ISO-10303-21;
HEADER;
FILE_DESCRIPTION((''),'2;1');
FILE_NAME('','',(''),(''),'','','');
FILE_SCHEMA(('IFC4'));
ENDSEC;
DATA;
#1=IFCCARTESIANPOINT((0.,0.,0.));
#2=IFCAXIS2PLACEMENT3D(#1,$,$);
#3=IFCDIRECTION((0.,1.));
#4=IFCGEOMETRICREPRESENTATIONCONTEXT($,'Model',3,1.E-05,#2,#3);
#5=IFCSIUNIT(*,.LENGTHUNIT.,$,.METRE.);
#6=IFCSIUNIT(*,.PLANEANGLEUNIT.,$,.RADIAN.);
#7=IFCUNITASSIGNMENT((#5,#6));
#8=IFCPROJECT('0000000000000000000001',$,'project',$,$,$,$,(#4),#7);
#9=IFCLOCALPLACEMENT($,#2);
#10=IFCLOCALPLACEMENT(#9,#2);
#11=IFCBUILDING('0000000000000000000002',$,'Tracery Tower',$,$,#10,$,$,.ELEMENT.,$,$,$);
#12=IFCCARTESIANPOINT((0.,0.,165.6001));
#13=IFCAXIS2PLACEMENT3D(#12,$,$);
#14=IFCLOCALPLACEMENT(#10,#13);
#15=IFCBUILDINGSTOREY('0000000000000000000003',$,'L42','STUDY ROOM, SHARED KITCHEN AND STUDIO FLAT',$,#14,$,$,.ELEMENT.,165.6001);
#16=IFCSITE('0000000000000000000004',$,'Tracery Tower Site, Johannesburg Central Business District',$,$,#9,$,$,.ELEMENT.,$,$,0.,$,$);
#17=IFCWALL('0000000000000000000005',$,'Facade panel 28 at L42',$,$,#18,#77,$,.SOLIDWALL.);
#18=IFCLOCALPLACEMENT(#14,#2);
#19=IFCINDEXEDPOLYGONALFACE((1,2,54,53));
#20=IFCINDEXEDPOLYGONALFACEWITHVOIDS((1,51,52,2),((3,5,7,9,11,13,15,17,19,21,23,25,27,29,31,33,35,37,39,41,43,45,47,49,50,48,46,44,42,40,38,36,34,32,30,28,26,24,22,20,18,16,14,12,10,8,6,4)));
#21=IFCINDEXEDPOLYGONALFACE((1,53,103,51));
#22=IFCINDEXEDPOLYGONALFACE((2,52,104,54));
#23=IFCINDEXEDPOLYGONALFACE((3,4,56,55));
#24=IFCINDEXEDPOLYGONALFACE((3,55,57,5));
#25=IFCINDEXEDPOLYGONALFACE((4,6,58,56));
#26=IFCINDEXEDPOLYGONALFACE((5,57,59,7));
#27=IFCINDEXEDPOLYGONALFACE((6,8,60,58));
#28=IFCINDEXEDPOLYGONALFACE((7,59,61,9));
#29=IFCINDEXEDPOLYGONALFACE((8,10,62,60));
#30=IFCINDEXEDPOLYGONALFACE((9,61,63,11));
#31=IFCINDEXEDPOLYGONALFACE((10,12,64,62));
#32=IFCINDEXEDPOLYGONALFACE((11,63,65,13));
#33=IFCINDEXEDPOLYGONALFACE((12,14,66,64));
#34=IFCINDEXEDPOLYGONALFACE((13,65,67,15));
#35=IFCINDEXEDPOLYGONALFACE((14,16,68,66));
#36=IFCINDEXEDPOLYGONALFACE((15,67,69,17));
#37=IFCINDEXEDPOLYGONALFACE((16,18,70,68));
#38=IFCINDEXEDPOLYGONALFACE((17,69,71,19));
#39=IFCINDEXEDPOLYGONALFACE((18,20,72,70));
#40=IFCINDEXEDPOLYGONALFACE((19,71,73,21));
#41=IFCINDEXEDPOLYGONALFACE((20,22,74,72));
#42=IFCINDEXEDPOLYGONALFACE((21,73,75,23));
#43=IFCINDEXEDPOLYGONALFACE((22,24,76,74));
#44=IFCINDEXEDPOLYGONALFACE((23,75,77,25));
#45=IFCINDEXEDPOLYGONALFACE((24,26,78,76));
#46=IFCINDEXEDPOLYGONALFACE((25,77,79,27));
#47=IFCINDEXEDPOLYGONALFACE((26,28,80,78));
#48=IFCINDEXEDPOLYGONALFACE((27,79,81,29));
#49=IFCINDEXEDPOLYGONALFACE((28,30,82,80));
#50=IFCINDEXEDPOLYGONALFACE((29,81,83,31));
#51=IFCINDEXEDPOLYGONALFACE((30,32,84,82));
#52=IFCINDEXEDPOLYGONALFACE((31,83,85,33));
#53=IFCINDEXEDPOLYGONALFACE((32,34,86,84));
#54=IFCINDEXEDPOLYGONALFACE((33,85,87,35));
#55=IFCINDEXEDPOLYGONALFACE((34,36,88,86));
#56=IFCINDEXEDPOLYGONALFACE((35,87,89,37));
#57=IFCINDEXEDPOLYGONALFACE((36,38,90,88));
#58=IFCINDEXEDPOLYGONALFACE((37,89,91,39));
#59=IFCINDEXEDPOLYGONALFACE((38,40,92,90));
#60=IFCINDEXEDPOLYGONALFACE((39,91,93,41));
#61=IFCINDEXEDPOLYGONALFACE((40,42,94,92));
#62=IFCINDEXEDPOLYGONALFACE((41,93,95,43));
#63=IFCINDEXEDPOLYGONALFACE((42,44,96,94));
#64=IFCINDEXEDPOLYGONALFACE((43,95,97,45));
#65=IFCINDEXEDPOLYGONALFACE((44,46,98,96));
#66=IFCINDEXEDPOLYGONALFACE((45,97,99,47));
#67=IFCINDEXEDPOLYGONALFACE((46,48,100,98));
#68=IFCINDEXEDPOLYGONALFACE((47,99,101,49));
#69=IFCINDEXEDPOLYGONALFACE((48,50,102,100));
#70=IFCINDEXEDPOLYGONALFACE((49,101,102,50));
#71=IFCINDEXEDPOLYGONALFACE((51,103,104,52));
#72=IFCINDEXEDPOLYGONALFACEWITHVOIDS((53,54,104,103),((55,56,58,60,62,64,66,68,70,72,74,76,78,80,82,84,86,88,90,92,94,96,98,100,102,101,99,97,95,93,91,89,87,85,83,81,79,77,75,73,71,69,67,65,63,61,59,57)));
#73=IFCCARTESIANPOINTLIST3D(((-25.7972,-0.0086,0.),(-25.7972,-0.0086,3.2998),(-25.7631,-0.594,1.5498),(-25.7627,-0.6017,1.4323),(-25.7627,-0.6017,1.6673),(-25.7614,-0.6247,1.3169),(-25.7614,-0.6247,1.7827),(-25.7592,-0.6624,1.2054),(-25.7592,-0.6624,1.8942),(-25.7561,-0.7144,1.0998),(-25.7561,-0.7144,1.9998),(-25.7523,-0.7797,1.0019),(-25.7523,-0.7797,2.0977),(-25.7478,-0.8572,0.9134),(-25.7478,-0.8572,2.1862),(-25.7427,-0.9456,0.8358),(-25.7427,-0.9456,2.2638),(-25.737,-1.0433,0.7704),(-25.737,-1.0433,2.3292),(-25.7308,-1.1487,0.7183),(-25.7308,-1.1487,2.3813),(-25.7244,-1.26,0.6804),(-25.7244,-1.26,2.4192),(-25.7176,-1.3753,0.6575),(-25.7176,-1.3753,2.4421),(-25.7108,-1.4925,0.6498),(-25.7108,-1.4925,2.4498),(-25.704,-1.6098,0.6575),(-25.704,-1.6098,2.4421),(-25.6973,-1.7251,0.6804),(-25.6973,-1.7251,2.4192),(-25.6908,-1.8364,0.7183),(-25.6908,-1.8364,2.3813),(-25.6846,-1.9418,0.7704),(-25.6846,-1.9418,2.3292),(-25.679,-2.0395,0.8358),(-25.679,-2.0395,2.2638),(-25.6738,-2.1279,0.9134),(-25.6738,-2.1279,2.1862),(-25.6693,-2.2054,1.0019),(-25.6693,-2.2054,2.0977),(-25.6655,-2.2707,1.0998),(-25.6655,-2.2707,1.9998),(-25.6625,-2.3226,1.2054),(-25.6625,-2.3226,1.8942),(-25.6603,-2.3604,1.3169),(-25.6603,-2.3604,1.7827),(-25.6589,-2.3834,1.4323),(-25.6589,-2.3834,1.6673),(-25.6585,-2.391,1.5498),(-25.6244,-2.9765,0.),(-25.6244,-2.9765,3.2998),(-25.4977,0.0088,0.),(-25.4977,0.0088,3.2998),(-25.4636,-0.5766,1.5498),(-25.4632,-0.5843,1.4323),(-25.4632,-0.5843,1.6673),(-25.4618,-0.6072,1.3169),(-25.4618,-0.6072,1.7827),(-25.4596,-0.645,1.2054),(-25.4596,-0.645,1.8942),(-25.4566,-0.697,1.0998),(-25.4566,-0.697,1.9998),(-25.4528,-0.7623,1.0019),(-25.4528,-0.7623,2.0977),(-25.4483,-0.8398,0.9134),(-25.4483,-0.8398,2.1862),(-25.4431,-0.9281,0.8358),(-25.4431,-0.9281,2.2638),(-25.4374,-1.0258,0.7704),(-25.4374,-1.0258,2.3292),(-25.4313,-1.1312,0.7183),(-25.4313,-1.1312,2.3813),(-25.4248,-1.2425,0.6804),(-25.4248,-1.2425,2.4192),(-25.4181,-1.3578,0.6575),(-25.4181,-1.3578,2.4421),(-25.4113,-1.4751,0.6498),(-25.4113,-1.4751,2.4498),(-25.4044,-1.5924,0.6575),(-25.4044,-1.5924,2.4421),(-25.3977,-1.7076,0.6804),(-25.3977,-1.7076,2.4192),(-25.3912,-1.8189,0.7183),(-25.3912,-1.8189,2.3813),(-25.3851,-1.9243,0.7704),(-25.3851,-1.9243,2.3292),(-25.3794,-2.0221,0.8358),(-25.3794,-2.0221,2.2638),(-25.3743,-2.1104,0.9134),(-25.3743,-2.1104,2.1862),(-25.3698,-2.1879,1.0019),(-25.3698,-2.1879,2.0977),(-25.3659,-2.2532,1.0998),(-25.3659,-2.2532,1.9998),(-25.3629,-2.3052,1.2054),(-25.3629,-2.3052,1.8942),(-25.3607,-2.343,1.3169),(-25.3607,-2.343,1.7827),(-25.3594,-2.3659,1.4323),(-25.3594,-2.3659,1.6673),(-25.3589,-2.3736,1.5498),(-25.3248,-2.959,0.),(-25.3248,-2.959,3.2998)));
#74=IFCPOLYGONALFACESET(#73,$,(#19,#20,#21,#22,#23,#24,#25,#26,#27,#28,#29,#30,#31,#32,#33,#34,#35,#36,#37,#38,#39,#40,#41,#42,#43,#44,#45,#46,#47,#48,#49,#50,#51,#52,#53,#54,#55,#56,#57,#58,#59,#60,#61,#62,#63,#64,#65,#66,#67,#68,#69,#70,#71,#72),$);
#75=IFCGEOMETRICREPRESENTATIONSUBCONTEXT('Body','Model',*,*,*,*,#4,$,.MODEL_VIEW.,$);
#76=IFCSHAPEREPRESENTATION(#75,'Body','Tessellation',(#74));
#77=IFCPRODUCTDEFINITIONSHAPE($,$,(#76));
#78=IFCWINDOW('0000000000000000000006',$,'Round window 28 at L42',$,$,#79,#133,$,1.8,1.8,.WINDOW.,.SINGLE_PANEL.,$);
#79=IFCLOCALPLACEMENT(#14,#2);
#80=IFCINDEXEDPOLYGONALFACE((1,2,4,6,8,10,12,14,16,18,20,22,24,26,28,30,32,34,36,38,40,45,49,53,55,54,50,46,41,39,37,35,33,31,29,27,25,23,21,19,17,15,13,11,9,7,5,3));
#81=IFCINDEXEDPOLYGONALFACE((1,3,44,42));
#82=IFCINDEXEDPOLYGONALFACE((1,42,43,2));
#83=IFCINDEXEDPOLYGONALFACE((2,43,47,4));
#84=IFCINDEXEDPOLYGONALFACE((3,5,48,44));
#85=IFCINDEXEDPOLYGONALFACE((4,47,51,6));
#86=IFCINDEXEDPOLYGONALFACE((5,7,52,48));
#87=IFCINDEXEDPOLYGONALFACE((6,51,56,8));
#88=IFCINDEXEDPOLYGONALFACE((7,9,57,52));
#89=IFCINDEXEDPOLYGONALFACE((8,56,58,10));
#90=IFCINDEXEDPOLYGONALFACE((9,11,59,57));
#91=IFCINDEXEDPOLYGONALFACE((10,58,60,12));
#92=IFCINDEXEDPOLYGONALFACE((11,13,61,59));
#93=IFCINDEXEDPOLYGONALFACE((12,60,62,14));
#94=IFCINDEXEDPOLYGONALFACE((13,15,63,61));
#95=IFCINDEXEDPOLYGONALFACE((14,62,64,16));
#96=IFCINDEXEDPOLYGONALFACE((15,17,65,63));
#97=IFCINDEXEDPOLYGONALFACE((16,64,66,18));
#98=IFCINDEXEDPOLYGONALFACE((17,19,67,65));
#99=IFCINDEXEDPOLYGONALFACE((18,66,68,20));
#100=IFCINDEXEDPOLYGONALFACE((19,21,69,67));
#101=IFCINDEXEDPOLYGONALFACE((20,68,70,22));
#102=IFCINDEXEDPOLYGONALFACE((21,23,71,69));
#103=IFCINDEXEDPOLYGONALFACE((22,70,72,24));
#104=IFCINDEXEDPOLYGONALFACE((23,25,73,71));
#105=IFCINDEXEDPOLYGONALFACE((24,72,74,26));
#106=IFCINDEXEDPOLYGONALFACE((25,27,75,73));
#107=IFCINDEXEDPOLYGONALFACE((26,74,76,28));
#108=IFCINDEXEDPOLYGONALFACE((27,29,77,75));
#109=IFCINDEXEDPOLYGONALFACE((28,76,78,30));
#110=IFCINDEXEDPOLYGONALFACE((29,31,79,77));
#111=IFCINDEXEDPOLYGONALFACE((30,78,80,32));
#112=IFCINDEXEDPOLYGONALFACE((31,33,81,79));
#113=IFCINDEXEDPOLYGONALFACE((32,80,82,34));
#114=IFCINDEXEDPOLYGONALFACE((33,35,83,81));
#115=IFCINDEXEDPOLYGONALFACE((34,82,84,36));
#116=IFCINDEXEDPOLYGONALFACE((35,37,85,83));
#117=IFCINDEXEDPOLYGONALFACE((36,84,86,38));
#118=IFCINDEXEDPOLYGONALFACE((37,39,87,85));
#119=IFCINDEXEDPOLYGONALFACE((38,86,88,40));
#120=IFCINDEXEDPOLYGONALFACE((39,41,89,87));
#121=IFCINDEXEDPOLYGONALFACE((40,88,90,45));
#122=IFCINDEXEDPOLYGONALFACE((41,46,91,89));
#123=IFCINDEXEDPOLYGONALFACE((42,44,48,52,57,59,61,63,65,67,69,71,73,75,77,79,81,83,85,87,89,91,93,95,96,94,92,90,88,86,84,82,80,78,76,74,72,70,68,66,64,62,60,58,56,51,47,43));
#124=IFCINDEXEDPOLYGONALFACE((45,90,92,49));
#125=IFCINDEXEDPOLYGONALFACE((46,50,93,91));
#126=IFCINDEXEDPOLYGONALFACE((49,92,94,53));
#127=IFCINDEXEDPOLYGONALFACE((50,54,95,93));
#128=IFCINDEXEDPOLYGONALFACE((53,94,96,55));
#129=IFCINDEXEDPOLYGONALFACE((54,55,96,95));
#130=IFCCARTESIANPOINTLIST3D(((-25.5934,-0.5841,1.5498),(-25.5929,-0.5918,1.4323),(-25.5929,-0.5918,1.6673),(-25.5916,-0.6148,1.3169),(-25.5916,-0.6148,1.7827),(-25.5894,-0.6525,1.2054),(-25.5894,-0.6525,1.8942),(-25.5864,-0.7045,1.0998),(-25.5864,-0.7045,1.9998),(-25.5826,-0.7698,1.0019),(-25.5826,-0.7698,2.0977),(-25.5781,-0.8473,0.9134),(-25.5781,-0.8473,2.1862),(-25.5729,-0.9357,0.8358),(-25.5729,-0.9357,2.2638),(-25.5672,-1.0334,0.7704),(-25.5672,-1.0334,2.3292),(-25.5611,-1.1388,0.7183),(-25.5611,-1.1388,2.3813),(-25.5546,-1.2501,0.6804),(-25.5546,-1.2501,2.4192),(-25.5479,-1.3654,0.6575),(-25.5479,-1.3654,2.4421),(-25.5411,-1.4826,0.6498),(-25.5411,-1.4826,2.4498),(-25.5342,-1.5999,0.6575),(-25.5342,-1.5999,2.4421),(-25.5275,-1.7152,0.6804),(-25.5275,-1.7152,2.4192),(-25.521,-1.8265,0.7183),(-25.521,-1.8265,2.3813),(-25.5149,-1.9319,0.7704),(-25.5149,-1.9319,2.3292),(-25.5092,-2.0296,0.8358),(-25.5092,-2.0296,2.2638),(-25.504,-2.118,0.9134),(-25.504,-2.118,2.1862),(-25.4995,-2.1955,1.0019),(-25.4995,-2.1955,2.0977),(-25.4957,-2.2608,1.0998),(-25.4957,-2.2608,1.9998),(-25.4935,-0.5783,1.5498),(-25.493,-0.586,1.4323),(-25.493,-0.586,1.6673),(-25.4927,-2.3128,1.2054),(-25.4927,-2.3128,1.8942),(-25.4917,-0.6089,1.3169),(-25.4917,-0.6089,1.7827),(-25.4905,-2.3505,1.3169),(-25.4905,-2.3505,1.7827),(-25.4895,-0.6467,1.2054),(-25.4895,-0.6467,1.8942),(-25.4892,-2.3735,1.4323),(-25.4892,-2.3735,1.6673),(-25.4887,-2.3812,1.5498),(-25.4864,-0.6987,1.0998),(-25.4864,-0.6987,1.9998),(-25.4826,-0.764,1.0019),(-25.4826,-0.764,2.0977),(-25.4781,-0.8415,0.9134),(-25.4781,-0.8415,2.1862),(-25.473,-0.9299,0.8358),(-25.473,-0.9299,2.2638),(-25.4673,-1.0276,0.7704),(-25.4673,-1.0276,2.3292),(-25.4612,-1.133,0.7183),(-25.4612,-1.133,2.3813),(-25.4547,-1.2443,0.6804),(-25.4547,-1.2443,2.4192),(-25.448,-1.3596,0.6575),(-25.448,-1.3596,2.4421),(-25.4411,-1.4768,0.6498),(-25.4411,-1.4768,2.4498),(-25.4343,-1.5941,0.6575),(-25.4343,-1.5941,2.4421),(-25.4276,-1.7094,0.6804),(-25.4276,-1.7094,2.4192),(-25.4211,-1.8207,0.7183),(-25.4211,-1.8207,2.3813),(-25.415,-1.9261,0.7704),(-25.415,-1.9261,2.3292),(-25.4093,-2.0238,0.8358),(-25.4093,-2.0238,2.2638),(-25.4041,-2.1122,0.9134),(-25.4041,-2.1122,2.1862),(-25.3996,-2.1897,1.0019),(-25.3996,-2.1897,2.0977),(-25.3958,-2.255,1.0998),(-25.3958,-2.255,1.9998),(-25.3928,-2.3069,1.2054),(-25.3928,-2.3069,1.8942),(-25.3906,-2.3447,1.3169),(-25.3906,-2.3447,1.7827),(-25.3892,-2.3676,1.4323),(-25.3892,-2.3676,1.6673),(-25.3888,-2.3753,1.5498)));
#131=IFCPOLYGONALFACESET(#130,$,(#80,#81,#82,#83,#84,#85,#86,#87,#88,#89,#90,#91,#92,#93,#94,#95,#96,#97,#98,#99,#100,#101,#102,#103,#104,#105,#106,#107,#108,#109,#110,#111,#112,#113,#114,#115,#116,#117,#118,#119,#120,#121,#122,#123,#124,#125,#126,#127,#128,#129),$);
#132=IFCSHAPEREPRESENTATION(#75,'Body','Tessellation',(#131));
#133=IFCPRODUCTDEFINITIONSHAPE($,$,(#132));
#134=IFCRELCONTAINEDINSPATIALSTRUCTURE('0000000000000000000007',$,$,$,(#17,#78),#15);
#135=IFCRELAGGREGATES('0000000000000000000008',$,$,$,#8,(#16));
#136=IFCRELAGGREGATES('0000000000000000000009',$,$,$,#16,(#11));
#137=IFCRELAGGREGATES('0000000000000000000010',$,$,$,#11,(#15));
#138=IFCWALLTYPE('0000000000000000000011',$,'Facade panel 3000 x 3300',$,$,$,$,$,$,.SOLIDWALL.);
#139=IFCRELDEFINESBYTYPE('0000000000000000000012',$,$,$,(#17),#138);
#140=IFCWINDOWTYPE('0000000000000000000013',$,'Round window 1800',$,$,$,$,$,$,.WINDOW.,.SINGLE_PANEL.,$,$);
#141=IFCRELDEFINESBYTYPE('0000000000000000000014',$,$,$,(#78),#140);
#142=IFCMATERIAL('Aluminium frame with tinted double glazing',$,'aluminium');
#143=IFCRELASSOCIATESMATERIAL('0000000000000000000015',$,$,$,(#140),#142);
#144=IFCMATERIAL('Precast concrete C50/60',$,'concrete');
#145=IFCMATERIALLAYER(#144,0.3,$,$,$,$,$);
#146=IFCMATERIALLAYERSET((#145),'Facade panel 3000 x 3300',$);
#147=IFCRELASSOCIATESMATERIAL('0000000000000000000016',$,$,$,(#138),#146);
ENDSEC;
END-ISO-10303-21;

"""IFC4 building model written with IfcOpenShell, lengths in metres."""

from ifc_helpers import new_model, si_unit, direction, frame, frame_2d, origin, origin_2d, place, context, subcontext, project, spatial, rectangle, circle, extrude, material, layer, layer_set, type_object, element, fill, save


model = new_model("IFC4")

# Units and contexts
model_context = context("Model", 3, precision=1e-05, world=origin(), true_north=direction((0.0, 1.0)))
body_context = subcontext(model_context, "Body", "Model", "MODEL_VIEW")
ifc_project = project(units=[si_unit("LENGTHUNIT", "METRE"), si_unit("PLANEANGLEUNIT", "RADIAN")], contexts=[model_context])

# Site, building, storey
site_placement = place(None, origin())
site = spatial("IfcSite", under=ifc_project, at=site_placement, Name="Tracery Tower Site, Johannesburg Central Business District", CompositionType="ELEMENT", RefElevation=0.0)
building_placement = place(site_placement, origin())
building = spatial("IfcBuilding", under=site, at=building_placement, Name="Tracery Tower", CompositionType="ELEMENT")
storey_placement = place(building_placement, frame((0.0, 0.0, 165.6001)))
storey = spatial("IfcBuildingStorey", under=building, at=storey_placement, Name="L42", Description="STUDY ROOM, SHARED KITCHEN AND STUDIO FLAT", CompositionType="ELEMENT", Elevation=165.6001)

# Wall, opening, window
ifc_material_1 = material(Name="Aluminium frame with tinted double glazing", Category="aluminium")
window_type = type_object("IfcWindowType", Name="Round window 1800", PartitioningType="SINGLE_PANEL", PredefinedType="WINDOW", material=ifc_material_1)
ifc_material_2 = material(Name="Precast concrete C50/60", Category="concrete")
ifc_layer_1 = layer(ifc_material_2, 0.3)
ifc_layer_set_1 = layer_set([ifc_layer_1], Name="Facade panel 3000 x 3300")
wall_type_1 = type_object("IfcWallType", Name="Facade panel 3000 x 3300", PredefinedType="SOLIDWALL", material=ifc_layer_set_1)
wall_1_placement = place(storey_placement, frame((-25.6475, 0.0, 0.0), z_axis=(0.0, 0.0, 1.0), x_axis=(0.058144, -0.998308, 0.0)))
wall_1 = element("IfcWall", 1, at=wall_1_placement, inside=storey, type_object=wall_type_1, Name="Facade panel 28 at L42", PredefinedType="SOLIDWALL", context=body_context, shape_type="SweptSolid", body=[
    extrude(rectangle(XDim=2.9729, YDim=0.3, at=frame_2d((1.4863, 0.0))), origin(), (0.0, 0.0, 1.0), 3.2998),
])
opening_1_placement = place(wall_1_placement, frame((1.4863, 0.0, 1.5498)))
opening_1 = element("IfcOpeningElement", 2, at=opening_1_placement, cuts=wall_1, PredefinedType="OPENING", context=body_context, shape_type="SweptSolid", body=[
    extrude(circle(Radius=0.9, at=origin_2d()), frame((0.0, 0.1599, 0.0), z_axis=(0.0, -1.0, 0.0), x_axis=(1.0, 0.0, 0.0)), (0.0, 0.0, 1.0), 0.3201),
])
window_1_placement = place(opening_1_placement, origin())
window_1 = element("IfcWindow", 3, at=window_1_placement, inside=storey, type_object=window_type, Name="Round window 28 at L42", OverallHeight=1.8, OverallWidth=1.8, PartitioningType="SINGLE_PANEL", PredefinedType="WINDOW", context=body_context, shape_type="SweptSolid", body=[
    extrude(circle(Radius=0.9, at=origin_2d()), frame((0.0, 0.1201, 0.0), z_axis=(0.0, -1.0, 0.0), x_axis=(1.0, 0.0, 0.0)), (0.0, 0.0, 1.0), 0.1001),
])
fill(opening_1, window_1)

save(model, "model.ifc")
